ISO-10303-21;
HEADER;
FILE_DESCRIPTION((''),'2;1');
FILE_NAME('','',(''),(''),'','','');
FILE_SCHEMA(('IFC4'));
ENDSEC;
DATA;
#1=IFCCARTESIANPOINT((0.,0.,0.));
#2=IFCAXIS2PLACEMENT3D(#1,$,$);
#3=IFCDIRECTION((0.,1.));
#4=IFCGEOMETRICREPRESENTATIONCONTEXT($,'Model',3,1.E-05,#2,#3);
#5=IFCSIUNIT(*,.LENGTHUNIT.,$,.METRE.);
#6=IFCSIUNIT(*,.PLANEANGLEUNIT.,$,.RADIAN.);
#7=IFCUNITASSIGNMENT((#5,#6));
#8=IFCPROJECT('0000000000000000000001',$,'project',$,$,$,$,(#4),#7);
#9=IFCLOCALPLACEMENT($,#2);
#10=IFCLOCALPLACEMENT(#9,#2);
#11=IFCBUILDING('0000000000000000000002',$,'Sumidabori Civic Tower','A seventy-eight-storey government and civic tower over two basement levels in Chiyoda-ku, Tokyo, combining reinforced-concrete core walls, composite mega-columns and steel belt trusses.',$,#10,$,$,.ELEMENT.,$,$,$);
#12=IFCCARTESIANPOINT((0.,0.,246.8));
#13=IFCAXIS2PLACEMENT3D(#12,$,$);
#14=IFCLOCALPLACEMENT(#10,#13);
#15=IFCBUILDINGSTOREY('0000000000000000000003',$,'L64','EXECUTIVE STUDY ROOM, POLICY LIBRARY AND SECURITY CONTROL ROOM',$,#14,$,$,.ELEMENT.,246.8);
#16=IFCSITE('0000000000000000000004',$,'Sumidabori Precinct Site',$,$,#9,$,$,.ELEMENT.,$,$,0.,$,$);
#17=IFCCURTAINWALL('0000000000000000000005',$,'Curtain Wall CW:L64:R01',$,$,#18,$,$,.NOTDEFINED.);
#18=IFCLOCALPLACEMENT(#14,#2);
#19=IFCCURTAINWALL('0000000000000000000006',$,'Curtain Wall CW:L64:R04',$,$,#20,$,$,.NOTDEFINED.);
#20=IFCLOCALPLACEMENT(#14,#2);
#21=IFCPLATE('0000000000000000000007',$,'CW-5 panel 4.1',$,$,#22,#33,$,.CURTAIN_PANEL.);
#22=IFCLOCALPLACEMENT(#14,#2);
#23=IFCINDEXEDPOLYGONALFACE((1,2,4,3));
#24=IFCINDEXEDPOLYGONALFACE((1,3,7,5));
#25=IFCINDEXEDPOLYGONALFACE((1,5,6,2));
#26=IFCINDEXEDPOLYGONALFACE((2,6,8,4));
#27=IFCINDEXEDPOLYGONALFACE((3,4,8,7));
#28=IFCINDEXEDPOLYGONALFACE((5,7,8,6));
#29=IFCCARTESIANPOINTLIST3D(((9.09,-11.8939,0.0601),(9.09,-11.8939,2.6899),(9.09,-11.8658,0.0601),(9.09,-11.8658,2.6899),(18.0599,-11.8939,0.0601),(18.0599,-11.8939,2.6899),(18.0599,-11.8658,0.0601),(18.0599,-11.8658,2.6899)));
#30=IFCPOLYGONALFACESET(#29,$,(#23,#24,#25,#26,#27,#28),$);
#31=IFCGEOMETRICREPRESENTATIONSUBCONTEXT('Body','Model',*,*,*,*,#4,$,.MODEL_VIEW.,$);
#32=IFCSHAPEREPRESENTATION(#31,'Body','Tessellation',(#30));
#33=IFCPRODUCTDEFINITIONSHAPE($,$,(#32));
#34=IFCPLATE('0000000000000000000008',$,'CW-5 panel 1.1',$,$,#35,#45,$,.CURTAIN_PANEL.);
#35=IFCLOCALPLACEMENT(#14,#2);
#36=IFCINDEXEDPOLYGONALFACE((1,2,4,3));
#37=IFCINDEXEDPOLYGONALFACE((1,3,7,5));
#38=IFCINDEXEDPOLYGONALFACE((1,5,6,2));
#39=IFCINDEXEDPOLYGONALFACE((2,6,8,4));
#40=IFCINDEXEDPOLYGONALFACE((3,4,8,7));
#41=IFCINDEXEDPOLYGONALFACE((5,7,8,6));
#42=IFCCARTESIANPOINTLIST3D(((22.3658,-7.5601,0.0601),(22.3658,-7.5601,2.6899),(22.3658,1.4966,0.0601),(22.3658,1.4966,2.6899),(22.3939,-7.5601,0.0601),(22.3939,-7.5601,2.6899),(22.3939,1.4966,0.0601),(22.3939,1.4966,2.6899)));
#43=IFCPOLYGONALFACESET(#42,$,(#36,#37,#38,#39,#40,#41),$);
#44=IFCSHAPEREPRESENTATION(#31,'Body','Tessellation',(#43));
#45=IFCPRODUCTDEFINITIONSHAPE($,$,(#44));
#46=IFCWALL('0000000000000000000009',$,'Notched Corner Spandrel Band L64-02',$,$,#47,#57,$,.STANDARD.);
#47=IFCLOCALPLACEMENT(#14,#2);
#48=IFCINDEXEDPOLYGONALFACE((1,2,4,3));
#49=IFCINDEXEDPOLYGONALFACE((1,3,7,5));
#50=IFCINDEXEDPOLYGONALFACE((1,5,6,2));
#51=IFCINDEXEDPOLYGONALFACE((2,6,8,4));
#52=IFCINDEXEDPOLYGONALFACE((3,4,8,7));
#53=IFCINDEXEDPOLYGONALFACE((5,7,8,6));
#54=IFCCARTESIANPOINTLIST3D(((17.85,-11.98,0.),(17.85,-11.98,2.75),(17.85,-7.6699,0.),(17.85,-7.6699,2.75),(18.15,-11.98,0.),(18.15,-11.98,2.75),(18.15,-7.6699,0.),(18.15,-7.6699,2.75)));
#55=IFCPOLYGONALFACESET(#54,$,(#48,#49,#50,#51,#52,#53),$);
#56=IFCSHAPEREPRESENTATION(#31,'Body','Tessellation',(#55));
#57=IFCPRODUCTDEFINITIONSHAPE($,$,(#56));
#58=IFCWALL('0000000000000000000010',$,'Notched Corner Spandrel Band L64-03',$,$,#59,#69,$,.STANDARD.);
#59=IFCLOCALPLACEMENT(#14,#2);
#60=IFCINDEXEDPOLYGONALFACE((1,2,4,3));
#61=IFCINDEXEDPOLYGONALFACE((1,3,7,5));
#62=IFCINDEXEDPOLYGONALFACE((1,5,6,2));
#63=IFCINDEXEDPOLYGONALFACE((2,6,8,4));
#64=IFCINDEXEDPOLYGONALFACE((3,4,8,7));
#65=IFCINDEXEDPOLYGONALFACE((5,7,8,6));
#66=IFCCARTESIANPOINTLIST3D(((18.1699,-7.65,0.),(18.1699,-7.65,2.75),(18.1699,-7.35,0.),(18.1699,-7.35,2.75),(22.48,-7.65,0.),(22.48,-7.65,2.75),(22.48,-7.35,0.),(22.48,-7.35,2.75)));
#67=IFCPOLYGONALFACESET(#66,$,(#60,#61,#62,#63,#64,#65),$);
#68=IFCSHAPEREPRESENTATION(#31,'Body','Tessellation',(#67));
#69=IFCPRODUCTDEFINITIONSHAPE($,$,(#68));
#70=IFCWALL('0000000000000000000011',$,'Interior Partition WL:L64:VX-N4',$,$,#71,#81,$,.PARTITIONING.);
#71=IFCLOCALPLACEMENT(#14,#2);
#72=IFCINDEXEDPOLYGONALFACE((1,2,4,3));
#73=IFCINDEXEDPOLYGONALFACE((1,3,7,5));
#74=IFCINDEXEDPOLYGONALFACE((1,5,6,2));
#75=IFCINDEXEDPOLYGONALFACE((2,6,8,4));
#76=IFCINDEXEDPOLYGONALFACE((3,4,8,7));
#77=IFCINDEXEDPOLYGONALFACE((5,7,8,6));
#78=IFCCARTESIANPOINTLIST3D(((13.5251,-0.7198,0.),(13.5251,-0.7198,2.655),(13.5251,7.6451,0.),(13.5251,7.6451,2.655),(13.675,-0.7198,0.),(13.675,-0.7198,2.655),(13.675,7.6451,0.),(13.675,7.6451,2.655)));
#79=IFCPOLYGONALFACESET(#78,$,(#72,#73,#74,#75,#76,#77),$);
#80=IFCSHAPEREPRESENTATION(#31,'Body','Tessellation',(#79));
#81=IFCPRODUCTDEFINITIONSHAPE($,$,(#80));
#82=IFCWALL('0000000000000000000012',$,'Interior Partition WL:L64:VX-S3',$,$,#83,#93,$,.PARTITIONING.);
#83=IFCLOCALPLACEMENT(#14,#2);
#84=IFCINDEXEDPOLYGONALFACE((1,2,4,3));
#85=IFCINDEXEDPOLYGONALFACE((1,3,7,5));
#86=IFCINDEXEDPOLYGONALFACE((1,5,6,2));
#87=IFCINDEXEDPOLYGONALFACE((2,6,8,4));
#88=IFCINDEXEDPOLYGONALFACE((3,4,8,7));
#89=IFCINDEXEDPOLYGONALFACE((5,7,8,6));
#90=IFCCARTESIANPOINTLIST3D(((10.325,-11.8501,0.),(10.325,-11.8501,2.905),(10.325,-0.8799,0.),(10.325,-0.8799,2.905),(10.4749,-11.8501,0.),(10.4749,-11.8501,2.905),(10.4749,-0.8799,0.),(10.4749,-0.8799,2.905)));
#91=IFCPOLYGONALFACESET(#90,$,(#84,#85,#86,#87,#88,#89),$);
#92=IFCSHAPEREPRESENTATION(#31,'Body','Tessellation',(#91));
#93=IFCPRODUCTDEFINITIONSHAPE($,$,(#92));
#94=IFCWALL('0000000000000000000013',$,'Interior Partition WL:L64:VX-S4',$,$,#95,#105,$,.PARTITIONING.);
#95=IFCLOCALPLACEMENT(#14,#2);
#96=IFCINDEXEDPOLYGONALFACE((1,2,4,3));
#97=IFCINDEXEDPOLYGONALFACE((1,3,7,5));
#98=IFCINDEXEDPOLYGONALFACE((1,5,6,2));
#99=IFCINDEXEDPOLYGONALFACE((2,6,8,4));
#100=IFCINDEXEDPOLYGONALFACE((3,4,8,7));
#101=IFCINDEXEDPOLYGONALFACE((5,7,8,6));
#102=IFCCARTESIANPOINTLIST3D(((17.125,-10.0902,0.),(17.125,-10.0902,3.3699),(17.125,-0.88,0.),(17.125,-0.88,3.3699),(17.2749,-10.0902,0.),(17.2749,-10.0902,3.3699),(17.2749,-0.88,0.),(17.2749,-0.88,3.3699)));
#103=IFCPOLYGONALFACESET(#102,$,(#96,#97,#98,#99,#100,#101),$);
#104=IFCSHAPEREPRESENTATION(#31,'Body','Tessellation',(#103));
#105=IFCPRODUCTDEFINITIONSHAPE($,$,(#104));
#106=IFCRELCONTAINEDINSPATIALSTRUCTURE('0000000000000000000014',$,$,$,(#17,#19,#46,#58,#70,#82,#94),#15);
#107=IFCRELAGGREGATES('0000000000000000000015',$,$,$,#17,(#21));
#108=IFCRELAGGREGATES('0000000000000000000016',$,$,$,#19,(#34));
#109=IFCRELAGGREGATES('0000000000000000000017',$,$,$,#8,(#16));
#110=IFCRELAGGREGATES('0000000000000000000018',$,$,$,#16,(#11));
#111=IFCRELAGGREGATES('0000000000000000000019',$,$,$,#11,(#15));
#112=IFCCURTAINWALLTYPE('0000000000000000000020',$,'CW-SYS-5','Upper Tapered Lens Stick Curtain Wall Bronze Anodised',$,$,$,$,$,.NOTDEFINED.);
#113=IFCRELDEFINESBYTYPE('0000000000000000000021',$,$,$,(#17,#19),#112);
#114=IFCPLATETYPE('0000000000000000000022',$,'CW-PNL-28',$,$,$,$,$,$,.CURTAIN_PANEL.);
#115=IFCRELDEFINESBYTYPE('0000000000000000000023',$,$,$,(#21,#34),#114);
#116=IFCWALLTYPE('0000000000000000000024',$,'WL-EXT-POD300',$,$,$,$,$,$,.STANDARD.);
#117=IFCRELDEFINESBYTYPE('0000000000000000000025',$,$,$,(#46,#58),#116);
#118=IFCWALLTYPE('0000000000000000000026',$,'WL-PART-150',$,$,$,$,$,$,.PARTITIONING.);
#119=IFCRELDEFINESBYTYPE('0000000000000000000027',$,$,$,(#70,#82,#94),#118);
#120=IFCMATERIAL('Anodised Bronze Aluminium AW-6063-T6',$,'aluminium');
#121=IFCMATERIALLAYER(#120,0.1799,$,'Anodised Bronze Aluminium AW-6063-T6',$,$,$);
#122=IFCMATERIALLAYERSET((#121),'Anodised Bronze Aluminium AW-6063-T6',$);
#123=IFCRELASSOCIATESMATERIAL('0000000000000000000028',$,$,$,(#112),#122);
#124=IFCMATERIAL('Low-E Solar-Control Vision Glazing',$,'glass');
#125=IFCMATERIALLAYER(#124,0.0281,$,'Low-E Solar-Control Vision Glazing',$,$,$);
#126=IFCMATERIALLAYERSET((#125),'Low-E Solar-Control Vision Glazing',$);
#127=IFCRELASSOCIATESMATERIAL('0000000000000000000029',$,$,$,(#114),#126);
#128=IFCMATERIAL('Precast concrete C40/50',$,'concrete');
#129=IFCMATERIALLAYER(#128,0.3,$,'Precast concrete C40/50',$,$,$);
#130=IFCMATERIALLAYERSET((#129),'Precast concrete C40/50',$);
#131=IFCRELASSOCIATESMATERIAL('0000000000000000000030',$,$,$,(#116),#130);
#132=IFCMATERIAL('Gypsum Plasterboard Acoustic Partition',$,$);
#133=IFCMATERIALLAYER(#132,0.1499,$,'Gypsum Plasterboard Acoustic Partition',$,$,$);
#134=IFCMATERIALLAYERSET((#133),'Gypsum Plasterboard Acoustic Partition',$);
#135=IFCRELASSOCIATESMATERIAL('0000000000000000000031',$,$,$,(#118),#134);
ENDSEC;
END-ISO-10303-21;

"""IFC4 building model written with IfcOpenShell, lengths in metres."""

from ifc_helpers import new_model, si_unit, direction, frame, frame_2d, origin, origin_2d, place, context, subcontext, project, spatial, rectangle, extrude, source, transform, mapped, material, layer, layer_set, type_object, element, aggregate, save


model = new_model("IFC4")

# Units and contexts
model_context = context("Model", 3, precision=1e-05, world=origin(), true_north=direction((0.0, 1.0)))
body_context = subcontext(model_context, "Body", "Model", "MODEL_VIEW")
ifc_project = project(units=[si_unit("LENGTHUNIT", "METRE"), si_unit("PLANEANGLEUNIT", "RADIAN")], contexts=[model_context])

# Site, building, storey
site_placement = place(None, origin())
site = spatial("IfcSite", under=ifc_project, at=site_placement, Name="Sumidabori Precinct Site", CompositionType="ELEMENT", RefElevation=0.0)
building_placement = place(site_placement, origin())
building = spatial("IfcBuilding", under=site, at=building_placement, Name="Sumidabori Civic Tower", Description="A seventy-eight-storey government and civic tower over two basement levels in Chiyoda-ku, Tokyo, combining reinforced-concrete core walls, composite mega-columns and steel belt trusses.", CompositionType="ELEMENT")
storey_placement = place(building_placement, frame((0.0, 0.0, 246.8)))
storey = spatial("IfcBuildingStorey", under=building, at=storey_placement, Name="L64", Description="EXECUTIVE STUDY ROOM, POLICY LIBRARY AND SECURITY CONTROL ROOM", CompositionType="ELEMENT", Elevation=246.8)

# Curtain walls
ifc_material_1 = material(Name="Anodised Bronze Aluminium AW-6063-T6", Category="aluminium")
ifc_layer_1 = layer(ifc_material_1, 0.1799, Name="Anodised Bronze Aluminium AW-6063-T6")
ifc_layer_set_1 = layer_set([ifc_layer_1], Name="Anodised Bronze Aluminium AW-6063-T6")
curtain_wall_type = type_object("IfcCurtainWallType", Name="CW-SYS-5", Description="Upper Tapered Lens Stick Curtain Wall Bronze Anodised", PredefinedType="NOTDEFINED", material=ifc_layer_set_1)
curtain_wall_1_placement = place(storey_placement, origin())
curtain_wall_1 = element("IfcCurtainWall", 1, at=curtain_wall_1_placement, inside=storey, type_object=curtain_wall_type, Name="Curtain Wall CW:L64:R01", PredefinedType="NOTDEFINED")
curtain_wall_2_placement = place(storey_placement, origin())
curtain_wall_2 = element("IfcCurtainWall", 2, at=curtain_wall_2_placement, inside=storey, type_object=curtain_wall_type, Name="Curtain Wall CW:L64:R04", PredefinedType="NOTDEFINED")

# Plates
ifc_material_2 = material(Name="Low-E Solar-Control Vision Glazing", Category="glass")
ifc_layer_2 = layer(ifc_material_2, 0.0281, Name="Low-E Solar-Control Vision Glazing")
ifc_layer_set_2 = layer_set([ifc_layer_2], Name="Low-E Solar-Control Vision Glazing")
plate_type = type_object("IfcPlateType", Name="CW-PNL-28", PredefinedType="CURTAIN_PANEL", material=ifc_layer_set_2)
shared_shape_1 = source(origin(), body_context, "Body", "SweptSolid", [
    extrude(rectangle(XDim=8.97, YDim=0.0281, at=origin_2d()), origin(), (0.0, 0.0, 1.0), 2.6299),
])
plate_1_placement = place(storey_placement, frame((13.575, -11.8799, 0.0601), z_axis=(0.0, 0.0, 1.0), x_axis=(1.0, 0.0, 0.0)))
plate_1 = element("IfcPlate", 3, at=plate_1_placement, type_object=plate_type, Name="CW-5 panel 4.1", PredefinedType="CURTAIN_PANEL", context=body_context, shape_type="MappedRepresentation", body=[
    mapped(shared_shape_1, transform((0.0, 0.0, 0.0), x_axis=(1.0, 0.0, 0.0), y_axis=(0.0, 1.0, 0.0), z_axis=(0.0, 0.0, 1.0), scale=1.0)),
])
aggregate(curtain_wall_1, [plate_1])
shared_shape_2 = source(origin(), body_context, "Body", "SweptSolid", [
    extrude(rectangle(XDim=9.0566, YDim=0.0281, at=origin_2d()), origin(), (0.0, 0.0, 1.0), 2.6299),
])
plate_2_placement = place(storey_placement, frame((22.3799, -3.0317, 0.0601), z_axis=(0.0, 0.0, 1.0), x_axis=(0.0, 1.0, 0.0)))
plate_2 = element("IfcPlate", 4, at=plate_2_placement, type_object=plate_type, Name="CW-5 panel 1.1", PredefinedType="CURTAIN_PANEL", context=body_context, shape_type="MappedRepresentation", body=[
    mapped(shared_shape_2, transform((0.0, 0.0, 0.0), x_axis=(1.0, 0.0, 0.0), y_axis=(0.0, 1.0, 0.0), z_axis=(0.0, 0.0, 1.0), scale=1.0)),
])
aggregate(curtain_wall_2, [plate_2])

# Walls
ifc_material_3 = material(Name="Precast concrete C40/50", Category="concrete")
ifc_layer_3 = layer(ifc_material_3, 0.3, Name="Precast concrete C40/50")
ifc_layer_set_3 = layer_set([ifc_layer_3], Name="Precast concrete C40/50")
wall_type_1 = type_object("IfcWallType", Name="WL-EXT-POD300", PredefinedType="STANDARD", material=ifc_layer_set_3)
shared_shape_3 = source(origin(), body_context, "Body", "SweptSolid", [
    extrude(rectangle(XDim=4.3101, YDim=0.3, at=frame_2d((2.155, 0.0))), origin(), (0.0, 0.0, 1.0), 2.75),
])
for number, where, z_axis, x_axis, name in (
    (5, (18.0, -11.98, 0.0), (0.0, 0.0, 1.0), (0.0, 1.0, 0.0), "Notched Corner Spandrel Band L64-02"),
    (6, (18.1699, -7.5, 0.0), (0.0, 0.0, 1.0), (1.0, 0.0, 0.0), "Notched Corner Spandrel Band L64-03"),
):
    element("IfcWall", number, at=place(storey_placement, frame(where, z_axis=z_axis, x_axis=x_axis)), inside=storey, type_object=wall_type_1, Name=name, PredefinedType="STANDARD", context=body_context, shape_type="MappedRepresentation", body=[
        mapped(shared_shape_3, transform((0.0, 0.0, 0.0), x_axis=(1.0, 0.0, 0.0), y_axis=(0.0, 1.0, 0.0), z_axis=(0.0, 0.0, 1.0), scale=1.0)),
    ])
ifc_material_4 = material(Name="Gypsum Plasterboard Acoustic Partition")
ifc_layer_4 = layer(ifc_material_4, 0.1499, Name="Gypsum Plasterboard Acoustic Partition")
ifc_layer_set_4 = layer_set([ifc_layer_4], Name="Gypsum Plasterboard Acoustic Partition")
wall_type_2 = type_object("IfcWallType", Name="WL-PART-150", PredefinedType="PARTITIONING", material=ifc_layer_set_4)
shared_shape_4 = source(origin(), body_context, "Body", "SweptSolid", [
    extrude(rectangle(XDim=8.365, YDim=0.1499, at=frame_2d((4.1826, 0.0))), origin(), (0.0, 0.0, 1.0), 2.655),
])
wall_1_placement = place(storey_placement, frame((13.6001, -0.72, 0.0), z_axis=(0.0, 0.0, 1.0), x_axis=(0.0, 1.0, 0.0)))
element("IfcWall", 7, at=wall_1_placement, inside=storey, type_object=wall_type_2, Name="Interior Partition WL:L64:VX-N4", PredefinedType="PARTITIONING", context=body_context, shape_type="MappedRepresentation", body=[
    mapped(shared_shape_4, transform((0.0, 0.0, 0.0), x_axis=(1.0, 0.0, 0.0), y_axis=(0.0, 1.0, 0.0), z_axis=(0.0, 0.0, 1.0), scale=1.0)),
])
shared_shape_5 = source(origin(), body_context, "Body", "SweptSolid", [
    extrude(rectangle(XDim=10.9702, YDim=0.1499, at=frame_2d((5.4851, 0.0))), origin(), (0.0, 0.0, 1.0), 2.905),
])
wall_2_placement = place(storey_placement, frame((10.3999, -11.8501, 0.0), z_axis=(0.0, 0.0, 1.0), x_axis=(0.0, 1.0, 0.0)))
element("IfcWall", 8, at=wall_2_placement, inside=storey, type_object=wall_type_2, Name="Interior Partition WL:L64:VX-S3", PredefinedType="PARTITIONING", context=body_context, shape_type="MappedRepresentation", body=[
    mapped(shared_shape_5, transform((0.0, 0.0, 0.0), x_axis=(1.0, 0.0, 0.0), y_axis=(0.0, 1.0, 0.0), z_axis=(0.0, 0.0, 1.0), scale=1.0)),
])
shared_shape_6 = source(origin(), body_context, "Body", "SweptSolid", [
    extrude(rectangle(XDim=9.2102, YDim=0.1499, at=frame_2d((4.605, 0.0))), origin(), (0.0, 0.0, 1.0), 3.3699),
])
wall_3_placement = place(storey_placement, frame((17.2, -10.0901, 0.0), z_axis=(0.0, 0.0, 1.0), x_axis=(0.0, 1.0, 0.0)))
element("IfcWall", 9, at=wall_3_placement, inside=storey, type_object=wall_type_2, Name="Interior Partition WL:L64:VX-S4", PredefinedType="PARTITIONING", context=body_context, shape_type="MappedRepresentation", body=[
    mapped(shared_shape_6, transform((0.0, 0.0, 0.0), x_axis=(1.0, 0.0, 0.0), y_axis=(0.0, 1.0, 0.0), z_axis=(0.0, 0.0, 1.0), scale=1.0)),
])

save(model, "model.ifc")
